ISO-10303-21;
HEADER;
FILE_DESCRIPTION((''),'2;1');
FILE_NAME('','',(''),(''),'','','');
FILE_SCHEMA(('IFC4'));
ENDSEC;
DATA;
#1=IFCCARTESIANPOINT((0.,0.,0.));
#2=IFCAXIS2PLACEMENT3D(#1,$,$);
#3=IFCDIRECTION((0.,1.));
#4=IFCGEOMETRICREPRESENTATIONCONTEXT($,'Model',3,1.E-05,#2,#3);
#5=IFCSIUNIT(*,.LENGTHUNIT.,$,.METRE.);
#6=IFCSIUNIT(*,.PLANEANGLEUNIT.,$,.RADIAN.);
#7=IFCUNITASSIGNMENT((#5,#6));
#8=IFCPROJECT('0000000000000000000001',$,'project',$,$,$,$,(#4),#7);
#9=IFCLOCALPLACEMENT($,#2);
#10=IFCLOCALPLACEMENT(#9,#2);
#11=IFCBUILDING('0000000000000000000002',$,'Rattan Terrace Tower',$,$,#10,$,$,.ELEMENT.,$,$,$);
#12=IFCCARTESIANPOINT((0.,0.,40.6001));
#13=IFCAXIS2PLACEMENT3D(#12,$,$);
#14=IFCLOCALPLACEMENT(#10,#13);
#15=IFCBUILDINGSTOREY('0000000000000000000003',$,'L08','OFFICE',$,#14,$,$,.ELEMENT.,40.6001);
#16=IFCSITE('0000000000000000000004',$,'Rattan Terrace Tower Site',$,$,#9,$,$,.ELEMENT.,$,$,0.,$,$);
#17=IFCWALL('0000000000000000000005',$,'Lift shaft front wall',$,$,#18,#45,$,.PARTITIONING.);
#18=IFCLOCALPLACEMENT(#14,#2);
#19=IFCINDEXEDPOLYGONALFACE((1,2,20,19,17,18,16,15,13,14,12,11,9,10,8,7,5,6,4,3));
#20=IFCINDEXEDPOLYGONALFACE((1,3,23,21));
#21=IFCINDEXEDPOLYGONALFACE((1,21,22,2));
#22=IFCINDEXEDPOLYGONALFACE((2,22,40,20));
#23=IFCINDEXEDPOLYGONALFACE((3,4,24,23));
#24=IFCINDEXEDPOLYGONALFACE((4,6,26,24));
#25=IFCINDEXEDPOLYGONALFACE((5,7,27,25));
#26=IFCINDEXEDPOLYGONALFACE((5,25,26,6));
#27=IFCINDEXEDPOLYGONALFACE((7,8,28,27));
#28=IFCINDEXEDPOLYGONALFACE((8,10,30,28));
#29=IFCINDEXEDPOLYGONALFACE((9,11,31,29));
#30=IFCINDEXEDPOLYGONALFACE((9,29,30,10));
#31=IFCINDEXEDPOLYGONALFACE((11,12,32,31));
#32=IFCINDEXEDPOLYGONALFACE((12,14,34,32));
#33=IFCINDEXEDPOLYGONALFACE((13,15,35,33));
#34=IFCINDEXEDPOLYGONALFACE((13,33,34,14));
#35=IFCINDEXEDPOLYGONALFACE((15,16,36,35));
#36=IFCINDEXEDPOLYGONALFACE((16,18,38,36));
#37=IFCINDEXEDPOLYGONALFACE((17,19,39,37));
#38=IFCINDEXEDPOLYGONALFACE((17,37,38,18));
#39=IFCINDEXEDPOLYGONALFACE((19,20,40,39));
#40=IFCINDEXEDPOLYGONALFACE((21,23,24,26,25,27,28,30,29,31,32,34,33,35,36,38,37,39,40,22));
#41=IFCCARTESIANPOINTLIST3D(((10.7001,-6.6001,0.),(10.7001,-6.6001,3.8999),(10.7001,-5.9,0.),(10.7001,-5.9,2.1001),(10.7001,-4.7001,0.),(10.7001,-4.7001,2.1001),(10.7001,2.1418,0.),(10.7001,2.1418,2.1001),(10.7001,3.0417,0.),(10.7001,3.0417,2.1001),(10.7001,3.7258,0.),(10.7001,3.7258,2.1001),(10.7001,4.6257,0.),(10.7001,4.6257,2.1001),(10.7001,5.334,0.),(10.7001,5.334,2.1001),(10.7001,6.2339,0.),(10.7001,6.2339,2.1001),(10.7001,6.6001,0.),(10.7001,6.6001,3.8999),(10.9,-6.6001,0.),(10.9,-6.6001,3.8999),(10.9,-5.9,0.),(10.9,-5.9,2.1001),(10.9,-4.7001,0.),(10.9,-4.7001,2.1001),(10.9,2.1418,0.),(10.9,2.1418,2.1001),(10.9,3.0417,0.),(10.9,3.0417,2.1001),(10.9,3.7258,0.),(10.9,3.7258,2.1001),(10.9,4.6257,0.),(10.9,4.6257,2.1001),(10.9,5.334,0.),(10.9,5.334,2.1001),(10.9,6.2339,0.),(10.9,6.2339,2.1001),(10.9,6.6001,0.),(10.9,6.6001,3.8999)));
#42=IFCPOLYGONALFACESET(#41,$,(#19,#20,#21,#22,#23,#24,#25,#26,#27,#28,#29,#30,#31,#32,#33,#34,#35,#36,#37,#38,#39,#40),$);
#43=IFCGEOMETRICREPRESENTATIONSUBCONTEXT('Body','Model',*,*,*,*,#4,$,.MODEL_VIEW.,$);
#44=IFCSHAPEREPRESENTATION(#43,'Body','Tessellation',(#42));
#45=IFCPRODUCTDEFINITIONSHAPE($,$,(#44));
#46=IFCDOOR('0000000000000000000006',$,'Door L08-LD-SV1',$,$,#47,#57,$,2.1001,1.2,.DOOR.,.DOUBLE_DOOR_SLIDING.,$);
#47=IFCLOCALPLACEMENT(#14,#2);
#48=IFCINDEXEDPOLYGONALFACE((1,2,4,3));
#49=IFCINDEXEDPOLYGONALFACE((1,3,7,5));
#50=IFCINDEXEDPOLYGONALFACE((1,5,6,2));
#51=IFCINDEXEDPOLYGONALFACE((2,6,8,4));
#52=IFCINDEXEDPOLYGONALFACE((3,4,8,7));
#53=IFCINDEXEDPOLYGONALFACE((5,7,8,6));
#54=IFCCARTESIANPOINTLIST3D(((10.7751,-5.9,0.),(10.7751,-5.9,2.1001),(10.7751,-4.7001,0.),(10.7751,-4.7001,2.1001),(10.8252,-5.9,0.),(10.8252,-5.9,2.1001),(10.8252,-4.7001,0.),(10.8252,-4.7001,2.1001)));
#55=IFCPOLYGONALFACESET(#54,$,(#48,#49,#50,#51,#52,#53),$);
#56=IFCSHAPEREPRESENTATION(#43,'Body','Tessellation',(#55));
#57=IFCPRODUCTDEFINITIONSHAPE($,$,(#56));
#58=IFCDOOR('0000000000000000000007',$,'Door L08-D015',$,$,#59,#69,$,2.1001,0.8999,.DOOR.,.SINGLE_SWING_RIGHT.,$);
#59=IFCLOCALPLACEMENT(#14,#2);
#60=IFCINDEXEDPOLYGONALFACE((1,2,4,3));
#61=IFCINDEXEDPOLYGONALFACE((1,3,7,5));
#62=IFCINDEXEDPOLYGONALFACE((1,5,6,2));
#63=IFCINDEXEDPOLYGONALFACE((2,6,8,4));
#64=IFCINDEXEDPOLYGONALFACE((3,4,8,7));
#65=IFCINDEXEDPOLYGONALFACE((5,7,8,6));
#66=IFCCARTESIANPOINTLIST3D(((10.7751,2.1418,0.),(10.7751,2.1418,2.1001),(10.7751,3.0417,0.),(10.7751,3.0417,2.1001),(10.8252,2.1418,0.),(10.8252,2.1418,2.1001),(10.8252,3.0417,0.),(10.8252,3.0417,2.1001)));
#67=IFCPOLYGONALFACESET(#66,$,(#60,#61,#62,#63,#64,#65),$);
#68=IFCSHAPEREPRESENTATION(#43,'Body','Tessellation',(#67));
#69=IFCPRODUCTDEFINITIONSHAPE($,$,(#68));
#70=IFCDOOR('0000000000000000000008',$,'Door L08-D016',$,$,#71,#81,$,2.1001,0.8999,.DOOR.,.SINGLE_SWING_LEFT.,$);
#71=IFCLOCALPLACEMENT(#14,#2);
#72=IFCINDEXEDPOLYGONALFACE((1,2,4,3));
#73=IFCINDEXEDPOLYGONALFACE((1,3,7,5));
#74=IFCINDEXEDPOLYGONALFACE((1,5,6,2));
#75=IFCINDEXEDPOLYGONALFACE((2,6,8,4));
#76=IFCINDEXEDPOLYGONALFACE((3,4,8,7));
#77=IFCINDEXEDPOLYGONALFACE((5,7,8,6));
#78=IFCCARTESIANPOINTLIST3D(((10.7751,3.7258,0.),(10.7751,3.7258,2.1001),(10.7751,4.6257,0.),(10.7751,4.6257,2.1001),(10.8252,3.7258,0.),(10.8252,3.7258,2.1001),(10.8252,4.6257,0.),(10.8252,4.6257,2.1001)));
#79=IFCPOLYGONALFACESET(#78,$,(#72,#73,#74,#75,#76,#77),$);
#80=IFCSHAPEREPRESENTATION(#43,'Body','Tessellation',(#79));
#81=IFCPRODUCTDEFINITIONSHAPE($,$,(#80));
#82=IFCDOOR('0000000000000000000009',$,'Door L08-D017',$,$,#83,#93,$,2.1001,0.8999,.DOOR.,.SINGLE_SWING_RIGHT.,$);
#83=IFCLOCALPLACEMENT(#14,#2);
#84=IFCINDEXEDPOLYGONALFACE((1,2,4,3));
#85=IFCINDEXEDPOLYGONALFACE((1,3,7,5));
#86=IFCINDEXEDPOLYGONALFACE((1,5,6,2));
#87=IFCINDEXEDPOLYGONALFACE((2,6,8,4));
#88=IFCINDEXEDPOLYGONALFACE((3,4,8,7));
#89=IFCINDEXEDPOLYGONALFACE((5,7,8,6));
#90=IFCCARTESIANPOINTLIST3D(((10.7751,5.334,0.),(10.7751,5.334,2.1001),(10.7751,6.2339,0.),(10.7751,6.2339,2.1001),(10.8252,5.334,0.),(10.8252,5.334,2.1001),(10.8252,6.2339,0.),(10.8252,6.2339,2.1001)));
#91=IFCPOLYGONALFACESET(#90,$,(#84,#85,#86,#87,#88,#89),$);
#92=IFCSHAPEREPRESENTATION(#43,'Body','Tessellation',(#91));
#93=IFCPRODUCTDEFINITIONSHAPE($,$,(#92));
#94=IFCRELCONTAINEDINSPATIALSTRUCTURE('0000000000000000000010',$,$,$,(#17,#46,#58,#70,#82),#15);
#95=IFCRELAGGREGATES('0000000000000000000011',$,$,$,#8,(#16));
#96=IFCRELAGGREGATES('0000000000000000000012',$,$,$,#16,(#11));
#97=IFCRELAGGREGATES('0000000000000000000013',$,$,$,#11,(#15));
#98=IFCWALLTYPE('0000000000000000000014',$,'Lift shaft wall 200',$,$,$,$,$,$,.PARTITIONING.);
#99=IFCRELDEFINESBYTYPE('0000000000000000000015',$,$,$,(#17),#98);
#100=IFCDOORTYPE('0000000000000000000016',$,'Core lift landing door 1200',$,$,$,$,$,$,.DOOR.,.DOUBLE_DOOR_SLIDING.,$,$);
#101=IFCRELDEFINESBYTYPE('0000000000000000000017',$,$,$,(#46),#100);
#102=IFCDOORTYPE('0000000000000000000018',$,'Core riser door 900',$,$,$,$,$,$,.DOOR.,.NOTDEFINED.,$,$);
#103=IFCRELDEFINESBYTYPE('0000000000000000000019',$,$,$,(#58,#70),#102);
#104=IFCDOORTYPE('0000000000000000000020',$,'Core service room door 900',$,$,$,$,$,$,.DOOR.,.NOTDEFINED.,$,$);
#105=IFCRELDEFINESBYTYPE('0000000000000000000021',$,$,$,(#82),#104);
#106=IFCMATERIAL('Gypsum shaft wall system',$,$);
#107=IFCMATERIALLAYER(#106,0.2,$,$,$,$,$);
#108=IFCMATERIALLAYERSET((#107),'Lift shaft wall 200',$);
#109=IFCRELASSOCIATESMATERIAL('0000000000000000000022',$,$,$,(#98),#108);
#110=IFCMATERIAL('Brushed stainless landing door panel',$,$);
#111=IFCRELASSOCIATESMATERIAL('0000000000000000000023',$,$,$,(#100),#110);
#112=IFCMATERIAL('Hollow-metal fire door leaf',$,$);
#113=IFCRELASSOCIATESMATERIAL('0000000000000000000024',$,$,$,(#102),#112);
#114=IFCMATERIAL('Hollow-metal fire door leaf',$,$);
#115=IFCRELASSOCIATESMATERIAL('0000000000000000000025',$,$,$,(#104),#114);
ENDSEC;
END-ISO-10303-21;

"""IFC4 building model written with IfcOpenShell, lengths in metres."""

from ifc_helpers import new_model, si_unit, direction, frame, frame_2d, origin, place, context, subcontext, project, spatial, rectangle, extrude, material, layer, layer_set, type_object, element, fill, save


model = new_model("IFC4")

# Units and contexts
model_context = context("Model", 3, precision=1e-05, world=origin(), true_north=direction((0.0, 1.0)))
body_context = subcontext(model_context, "Body", "Model", "MODEL_VIEW")
ifc_project = project(units=[si_unit("LENGTHUNIT", "METRE"), si_unit("PLANEANGLEUNIT", "RADIAN")], contexts=[model_context])

# Site, building, storey
site_placement = place(None, origin())
site = spatial("IfcSite", under=ifc_project, at=site_placement, Name="Rattan Terrace Tower Site", CompositionType="ELEMENT", RefElevation=0.0)
building_placement = place(site_placement, origin())
building = spatial("IfcBuilding", under=site, at=building_placement, Name="Rattan Terrace Tower", CompositionType="ELEMENT")
storey_placement = place(building_placement, frame((0.0, 0.0, 40.6001)))
storey = spatial("IfcBuildingStorey", under=building, at=storey_placement, Name="L08", Description="OFFICE", CompositionType="ELEMENT", Elevation=40.6001)

# Wall, openings, doors
ifc_material_1 = material(Name="Gypsum shaft wall system")
ifc_layer_1 = layer(ifc_material_1, 0.2)
ifc_layer_set_1 = layer_set([ifc_layer_1], Name="Lift shaft wall 200")
wall_type_1 = type_object("IfcWallType", Name="Lift shaft wall 200", PredefinedType="PARTITIONING", material=ifc_layer_set_1)
wall_1_placement = place(storey_placement, frame((10.8, -6.6001, 0.0), z_axis=(0.0, 0.0, 1.0), x_axis=(0.0, 1.0, 0.0)))
wall_1 = element("IfcWall", 1, at=wall_1_placement, inside=storey, type_object=wall_type_1, Name="Lift shaft front wall", PredefinedType="PARTITIONING", context=body_context, shape_type="SweptSolid", body=[
    extrude(rectangle(XDim=13.2002, YDim=0.2, at=frame_2d((6.6001, 0.0))), origin(), (0.0, 0.0, 1.0), 3.8999),
])
opening_1_placement = place(wall_1_placement, frame((0.7, 0.0, 0.0)))
opening_1 = element("IfcOpeningElement", 2, at=opening_1_placement, cuts=wall_1, PredefinedType="OPENING", context=body_context, shape_type="SweptSolid", body=[
    extrude(rectangle(XDim=1.2, YDim=2.1001, at=frame_2d((0.6001, 1.05))), frame((0.0, 0.1106, 0.0), z_axis=(0.0, -1.0, 0.0), x_axis=(1.0, 0.0, 0.0)), (0.0, 0.0, 1.0), 0.2209),
])
opening_2_placement = place(wall_1_placement, frame((8.7419, 0.0, 0.0)))
opening_2 = element("IfcOpeningElement", 3, at=opening_2_placement, cuts=wall_1, PredefinedType="OPENING", context=body_context, shape_type="SweptSolid", body=[
    extrude(rectangle(XDim=0.8999, YDim=2.1001, at=frame_2d((0.45, 1.05))), frame((0.0, 0.1106, 0.0), z_axis=(0.0, -1.0, 0.0), x_axis=(1.0, 0.0, 0.0)), (0.0, 0.0, 1.0), 0.2209),
])
opening_3_placement = place(wall_1_placement, frame((10.3259, 0.0, 0.0)))
opening_3 = element("IfcOpeningElement", 4, at=opening_3_placement, cuts=wall_1, PredefinedType="OPENING", context=body_context, shape_type="SweptSolid", body=[
    extrude(rectangle(XDim=0.8999, YDim=2.1001, at=frame_2d((0.45, 1.05))), frame((0.0, 0.1106, 0.0), z_axis=(0.0, -1.0, 0.0), x_axis=(1.0, 0.0, 0.0)), (0.0, 0.0, 1.0), 0.2209),
])
opening_4_placement = place(wall_1_placement, frame((11.9341, 0.0, 0.0)))
opening_4 = element("IfcOpeningElement", 5, at=opening_4_placement, cuts=wall_1, PredefinedType="OPENING", context=body_context, shape_type="SweptSolid", body=[
    extrude(rectangle(XDim=0.8999, YDim=2.1001, at=frame_2d((0.45, 1.05))), frame((0.0, 0.1106, 0.0), z_axis=(0.0, -1.0, 0.0), x_axis=(1.0, 0.0, 0.0)), (0.0, 0.0, 1.0), 0.2209),
])
ifc_material_2 = material(Name="Brushed stainless landing door panel")
door_type_1 = type_object("IfcDoorType", Name="Core lift landing door 1200", OperationType="DOUBLE_DOOR_SLIDING", PredefinedType="DOOR", material=ifc_material_2)
door_1_placement = place(opening_1_placement, origin())
door_1 = element("IfcDoor", 6, at=door_1_placement, inside=storey, type_object=door_type_1, Name="Door L08-LD-SV1", OperationType="DOUBLE_DOOR_SLIDING", OverallHeight=2.1001, OverallWidth=1.2, PredefinedType="DOOR", context=body_context, shape_type="SweptSolid", body=[
    extrude(rectangle(XDim=1.2, YDim=2.1001, at=frame_2d((0.6001, 1.05))), frame((0.0, 0.0249, 0.0), z_axis=(0.0, -1.0, 0.0), x_axis=(1.0, 0.0, 0.0)), (0.0, 0.0, 1.0), 0.05),
])
fill(opening_1, door_1)
ifc_material_3 = material(Name="Hollow-metal fire door leaf")
door_type_2 = type_object("IfcDoorType", Name="Core riser door 900", OperationType="NOTDEFINED", PredefinedType="DOOR", material=ifc_material_3)
door_2_placement = place(opening_2_placement, origin())
door_2 = element("IfcDoor", 7, at=door_2_placement, inside=storey, type_object=door_type_2, Name="Door L08-D015", OperationType="SINGLE_SWING_RIGHT", OverallHeight=2.1001, OverallWidth=0.8999, PredefinedType="DOOR", context=body_context, shape_type="SweptSolid", body=[
    extrude(rectangle(XDim=0.8999, YDim=2.1001, at=frame_2d((0.45, 1.05))), frame((0.0, 0.0249, 0.0), z_axis=(0.0, -1.0, 0.0), x_axis=(1.0, 0.0, 0.0)), (0.0, 0.0, 1.0), 0.05),
])
fill(opening_2, door_2)
door_3_placement = place(opening_3_placement, origin())
door_3 = element("IfcDoor", 8, at=door_3_placement, inside=storey, type_object=door_type_2, Name="Door L08-D016", OperationType="SINGLE_SWING_LEFT", OverallHeight=2.1001, OverallWidth=0.8999, PredefinedType="DOOR", context=body_context, shape_type="SweptSolid", body=[
    extrude(rectangle(XDim=0.8999, YDim=2.1001, at=frame_2d((0.45, 1.05))), frame((0.0, 0.0249, 0.0), z_axis=(0.0, -1.0, 0.0), x_axis=(1.0, 0.0, 0.0)), (0.0, 0.0, 1.0), 0.05),
])
fill(opening_3, door_3)
ifc_material_4 = material(Name="Hollow-metal fire door leaf")
door_type_3 = type_object("IfcDoorType", Name="Core service room door 900", OperationType="NOTDEFINED", PredefinedType="DOOR", material=ifc_material_4)
door_4_placement = place(opening_4_placement, origin())
door_4 = element("IfcDoor", 9, at=door_4_placement, inside=storey, type_object=door_type_3, Name="Door L08-D017", OperationType="SINGLE_SWING_RIGHT", OverallHeight=2.1001, OverallWidth=0.8999, PredefinedType="DOOR", context=body_context, shape_type="SweptSolid", body=[
    extrude(rectangle(XDim=0.8999, YDim=2.1001, at=frame_2d((0.45, 1.05))), frame((0.0, 0.0249, 0.0), z_axis=(0.0, -1.0, 0.0), x_axis=(1.0, 0.0, 0.0)), (0.0, 0.0, 1.0), 0.05),
])
fill(opening_4, door_4)

save(model, "model.ifc")
